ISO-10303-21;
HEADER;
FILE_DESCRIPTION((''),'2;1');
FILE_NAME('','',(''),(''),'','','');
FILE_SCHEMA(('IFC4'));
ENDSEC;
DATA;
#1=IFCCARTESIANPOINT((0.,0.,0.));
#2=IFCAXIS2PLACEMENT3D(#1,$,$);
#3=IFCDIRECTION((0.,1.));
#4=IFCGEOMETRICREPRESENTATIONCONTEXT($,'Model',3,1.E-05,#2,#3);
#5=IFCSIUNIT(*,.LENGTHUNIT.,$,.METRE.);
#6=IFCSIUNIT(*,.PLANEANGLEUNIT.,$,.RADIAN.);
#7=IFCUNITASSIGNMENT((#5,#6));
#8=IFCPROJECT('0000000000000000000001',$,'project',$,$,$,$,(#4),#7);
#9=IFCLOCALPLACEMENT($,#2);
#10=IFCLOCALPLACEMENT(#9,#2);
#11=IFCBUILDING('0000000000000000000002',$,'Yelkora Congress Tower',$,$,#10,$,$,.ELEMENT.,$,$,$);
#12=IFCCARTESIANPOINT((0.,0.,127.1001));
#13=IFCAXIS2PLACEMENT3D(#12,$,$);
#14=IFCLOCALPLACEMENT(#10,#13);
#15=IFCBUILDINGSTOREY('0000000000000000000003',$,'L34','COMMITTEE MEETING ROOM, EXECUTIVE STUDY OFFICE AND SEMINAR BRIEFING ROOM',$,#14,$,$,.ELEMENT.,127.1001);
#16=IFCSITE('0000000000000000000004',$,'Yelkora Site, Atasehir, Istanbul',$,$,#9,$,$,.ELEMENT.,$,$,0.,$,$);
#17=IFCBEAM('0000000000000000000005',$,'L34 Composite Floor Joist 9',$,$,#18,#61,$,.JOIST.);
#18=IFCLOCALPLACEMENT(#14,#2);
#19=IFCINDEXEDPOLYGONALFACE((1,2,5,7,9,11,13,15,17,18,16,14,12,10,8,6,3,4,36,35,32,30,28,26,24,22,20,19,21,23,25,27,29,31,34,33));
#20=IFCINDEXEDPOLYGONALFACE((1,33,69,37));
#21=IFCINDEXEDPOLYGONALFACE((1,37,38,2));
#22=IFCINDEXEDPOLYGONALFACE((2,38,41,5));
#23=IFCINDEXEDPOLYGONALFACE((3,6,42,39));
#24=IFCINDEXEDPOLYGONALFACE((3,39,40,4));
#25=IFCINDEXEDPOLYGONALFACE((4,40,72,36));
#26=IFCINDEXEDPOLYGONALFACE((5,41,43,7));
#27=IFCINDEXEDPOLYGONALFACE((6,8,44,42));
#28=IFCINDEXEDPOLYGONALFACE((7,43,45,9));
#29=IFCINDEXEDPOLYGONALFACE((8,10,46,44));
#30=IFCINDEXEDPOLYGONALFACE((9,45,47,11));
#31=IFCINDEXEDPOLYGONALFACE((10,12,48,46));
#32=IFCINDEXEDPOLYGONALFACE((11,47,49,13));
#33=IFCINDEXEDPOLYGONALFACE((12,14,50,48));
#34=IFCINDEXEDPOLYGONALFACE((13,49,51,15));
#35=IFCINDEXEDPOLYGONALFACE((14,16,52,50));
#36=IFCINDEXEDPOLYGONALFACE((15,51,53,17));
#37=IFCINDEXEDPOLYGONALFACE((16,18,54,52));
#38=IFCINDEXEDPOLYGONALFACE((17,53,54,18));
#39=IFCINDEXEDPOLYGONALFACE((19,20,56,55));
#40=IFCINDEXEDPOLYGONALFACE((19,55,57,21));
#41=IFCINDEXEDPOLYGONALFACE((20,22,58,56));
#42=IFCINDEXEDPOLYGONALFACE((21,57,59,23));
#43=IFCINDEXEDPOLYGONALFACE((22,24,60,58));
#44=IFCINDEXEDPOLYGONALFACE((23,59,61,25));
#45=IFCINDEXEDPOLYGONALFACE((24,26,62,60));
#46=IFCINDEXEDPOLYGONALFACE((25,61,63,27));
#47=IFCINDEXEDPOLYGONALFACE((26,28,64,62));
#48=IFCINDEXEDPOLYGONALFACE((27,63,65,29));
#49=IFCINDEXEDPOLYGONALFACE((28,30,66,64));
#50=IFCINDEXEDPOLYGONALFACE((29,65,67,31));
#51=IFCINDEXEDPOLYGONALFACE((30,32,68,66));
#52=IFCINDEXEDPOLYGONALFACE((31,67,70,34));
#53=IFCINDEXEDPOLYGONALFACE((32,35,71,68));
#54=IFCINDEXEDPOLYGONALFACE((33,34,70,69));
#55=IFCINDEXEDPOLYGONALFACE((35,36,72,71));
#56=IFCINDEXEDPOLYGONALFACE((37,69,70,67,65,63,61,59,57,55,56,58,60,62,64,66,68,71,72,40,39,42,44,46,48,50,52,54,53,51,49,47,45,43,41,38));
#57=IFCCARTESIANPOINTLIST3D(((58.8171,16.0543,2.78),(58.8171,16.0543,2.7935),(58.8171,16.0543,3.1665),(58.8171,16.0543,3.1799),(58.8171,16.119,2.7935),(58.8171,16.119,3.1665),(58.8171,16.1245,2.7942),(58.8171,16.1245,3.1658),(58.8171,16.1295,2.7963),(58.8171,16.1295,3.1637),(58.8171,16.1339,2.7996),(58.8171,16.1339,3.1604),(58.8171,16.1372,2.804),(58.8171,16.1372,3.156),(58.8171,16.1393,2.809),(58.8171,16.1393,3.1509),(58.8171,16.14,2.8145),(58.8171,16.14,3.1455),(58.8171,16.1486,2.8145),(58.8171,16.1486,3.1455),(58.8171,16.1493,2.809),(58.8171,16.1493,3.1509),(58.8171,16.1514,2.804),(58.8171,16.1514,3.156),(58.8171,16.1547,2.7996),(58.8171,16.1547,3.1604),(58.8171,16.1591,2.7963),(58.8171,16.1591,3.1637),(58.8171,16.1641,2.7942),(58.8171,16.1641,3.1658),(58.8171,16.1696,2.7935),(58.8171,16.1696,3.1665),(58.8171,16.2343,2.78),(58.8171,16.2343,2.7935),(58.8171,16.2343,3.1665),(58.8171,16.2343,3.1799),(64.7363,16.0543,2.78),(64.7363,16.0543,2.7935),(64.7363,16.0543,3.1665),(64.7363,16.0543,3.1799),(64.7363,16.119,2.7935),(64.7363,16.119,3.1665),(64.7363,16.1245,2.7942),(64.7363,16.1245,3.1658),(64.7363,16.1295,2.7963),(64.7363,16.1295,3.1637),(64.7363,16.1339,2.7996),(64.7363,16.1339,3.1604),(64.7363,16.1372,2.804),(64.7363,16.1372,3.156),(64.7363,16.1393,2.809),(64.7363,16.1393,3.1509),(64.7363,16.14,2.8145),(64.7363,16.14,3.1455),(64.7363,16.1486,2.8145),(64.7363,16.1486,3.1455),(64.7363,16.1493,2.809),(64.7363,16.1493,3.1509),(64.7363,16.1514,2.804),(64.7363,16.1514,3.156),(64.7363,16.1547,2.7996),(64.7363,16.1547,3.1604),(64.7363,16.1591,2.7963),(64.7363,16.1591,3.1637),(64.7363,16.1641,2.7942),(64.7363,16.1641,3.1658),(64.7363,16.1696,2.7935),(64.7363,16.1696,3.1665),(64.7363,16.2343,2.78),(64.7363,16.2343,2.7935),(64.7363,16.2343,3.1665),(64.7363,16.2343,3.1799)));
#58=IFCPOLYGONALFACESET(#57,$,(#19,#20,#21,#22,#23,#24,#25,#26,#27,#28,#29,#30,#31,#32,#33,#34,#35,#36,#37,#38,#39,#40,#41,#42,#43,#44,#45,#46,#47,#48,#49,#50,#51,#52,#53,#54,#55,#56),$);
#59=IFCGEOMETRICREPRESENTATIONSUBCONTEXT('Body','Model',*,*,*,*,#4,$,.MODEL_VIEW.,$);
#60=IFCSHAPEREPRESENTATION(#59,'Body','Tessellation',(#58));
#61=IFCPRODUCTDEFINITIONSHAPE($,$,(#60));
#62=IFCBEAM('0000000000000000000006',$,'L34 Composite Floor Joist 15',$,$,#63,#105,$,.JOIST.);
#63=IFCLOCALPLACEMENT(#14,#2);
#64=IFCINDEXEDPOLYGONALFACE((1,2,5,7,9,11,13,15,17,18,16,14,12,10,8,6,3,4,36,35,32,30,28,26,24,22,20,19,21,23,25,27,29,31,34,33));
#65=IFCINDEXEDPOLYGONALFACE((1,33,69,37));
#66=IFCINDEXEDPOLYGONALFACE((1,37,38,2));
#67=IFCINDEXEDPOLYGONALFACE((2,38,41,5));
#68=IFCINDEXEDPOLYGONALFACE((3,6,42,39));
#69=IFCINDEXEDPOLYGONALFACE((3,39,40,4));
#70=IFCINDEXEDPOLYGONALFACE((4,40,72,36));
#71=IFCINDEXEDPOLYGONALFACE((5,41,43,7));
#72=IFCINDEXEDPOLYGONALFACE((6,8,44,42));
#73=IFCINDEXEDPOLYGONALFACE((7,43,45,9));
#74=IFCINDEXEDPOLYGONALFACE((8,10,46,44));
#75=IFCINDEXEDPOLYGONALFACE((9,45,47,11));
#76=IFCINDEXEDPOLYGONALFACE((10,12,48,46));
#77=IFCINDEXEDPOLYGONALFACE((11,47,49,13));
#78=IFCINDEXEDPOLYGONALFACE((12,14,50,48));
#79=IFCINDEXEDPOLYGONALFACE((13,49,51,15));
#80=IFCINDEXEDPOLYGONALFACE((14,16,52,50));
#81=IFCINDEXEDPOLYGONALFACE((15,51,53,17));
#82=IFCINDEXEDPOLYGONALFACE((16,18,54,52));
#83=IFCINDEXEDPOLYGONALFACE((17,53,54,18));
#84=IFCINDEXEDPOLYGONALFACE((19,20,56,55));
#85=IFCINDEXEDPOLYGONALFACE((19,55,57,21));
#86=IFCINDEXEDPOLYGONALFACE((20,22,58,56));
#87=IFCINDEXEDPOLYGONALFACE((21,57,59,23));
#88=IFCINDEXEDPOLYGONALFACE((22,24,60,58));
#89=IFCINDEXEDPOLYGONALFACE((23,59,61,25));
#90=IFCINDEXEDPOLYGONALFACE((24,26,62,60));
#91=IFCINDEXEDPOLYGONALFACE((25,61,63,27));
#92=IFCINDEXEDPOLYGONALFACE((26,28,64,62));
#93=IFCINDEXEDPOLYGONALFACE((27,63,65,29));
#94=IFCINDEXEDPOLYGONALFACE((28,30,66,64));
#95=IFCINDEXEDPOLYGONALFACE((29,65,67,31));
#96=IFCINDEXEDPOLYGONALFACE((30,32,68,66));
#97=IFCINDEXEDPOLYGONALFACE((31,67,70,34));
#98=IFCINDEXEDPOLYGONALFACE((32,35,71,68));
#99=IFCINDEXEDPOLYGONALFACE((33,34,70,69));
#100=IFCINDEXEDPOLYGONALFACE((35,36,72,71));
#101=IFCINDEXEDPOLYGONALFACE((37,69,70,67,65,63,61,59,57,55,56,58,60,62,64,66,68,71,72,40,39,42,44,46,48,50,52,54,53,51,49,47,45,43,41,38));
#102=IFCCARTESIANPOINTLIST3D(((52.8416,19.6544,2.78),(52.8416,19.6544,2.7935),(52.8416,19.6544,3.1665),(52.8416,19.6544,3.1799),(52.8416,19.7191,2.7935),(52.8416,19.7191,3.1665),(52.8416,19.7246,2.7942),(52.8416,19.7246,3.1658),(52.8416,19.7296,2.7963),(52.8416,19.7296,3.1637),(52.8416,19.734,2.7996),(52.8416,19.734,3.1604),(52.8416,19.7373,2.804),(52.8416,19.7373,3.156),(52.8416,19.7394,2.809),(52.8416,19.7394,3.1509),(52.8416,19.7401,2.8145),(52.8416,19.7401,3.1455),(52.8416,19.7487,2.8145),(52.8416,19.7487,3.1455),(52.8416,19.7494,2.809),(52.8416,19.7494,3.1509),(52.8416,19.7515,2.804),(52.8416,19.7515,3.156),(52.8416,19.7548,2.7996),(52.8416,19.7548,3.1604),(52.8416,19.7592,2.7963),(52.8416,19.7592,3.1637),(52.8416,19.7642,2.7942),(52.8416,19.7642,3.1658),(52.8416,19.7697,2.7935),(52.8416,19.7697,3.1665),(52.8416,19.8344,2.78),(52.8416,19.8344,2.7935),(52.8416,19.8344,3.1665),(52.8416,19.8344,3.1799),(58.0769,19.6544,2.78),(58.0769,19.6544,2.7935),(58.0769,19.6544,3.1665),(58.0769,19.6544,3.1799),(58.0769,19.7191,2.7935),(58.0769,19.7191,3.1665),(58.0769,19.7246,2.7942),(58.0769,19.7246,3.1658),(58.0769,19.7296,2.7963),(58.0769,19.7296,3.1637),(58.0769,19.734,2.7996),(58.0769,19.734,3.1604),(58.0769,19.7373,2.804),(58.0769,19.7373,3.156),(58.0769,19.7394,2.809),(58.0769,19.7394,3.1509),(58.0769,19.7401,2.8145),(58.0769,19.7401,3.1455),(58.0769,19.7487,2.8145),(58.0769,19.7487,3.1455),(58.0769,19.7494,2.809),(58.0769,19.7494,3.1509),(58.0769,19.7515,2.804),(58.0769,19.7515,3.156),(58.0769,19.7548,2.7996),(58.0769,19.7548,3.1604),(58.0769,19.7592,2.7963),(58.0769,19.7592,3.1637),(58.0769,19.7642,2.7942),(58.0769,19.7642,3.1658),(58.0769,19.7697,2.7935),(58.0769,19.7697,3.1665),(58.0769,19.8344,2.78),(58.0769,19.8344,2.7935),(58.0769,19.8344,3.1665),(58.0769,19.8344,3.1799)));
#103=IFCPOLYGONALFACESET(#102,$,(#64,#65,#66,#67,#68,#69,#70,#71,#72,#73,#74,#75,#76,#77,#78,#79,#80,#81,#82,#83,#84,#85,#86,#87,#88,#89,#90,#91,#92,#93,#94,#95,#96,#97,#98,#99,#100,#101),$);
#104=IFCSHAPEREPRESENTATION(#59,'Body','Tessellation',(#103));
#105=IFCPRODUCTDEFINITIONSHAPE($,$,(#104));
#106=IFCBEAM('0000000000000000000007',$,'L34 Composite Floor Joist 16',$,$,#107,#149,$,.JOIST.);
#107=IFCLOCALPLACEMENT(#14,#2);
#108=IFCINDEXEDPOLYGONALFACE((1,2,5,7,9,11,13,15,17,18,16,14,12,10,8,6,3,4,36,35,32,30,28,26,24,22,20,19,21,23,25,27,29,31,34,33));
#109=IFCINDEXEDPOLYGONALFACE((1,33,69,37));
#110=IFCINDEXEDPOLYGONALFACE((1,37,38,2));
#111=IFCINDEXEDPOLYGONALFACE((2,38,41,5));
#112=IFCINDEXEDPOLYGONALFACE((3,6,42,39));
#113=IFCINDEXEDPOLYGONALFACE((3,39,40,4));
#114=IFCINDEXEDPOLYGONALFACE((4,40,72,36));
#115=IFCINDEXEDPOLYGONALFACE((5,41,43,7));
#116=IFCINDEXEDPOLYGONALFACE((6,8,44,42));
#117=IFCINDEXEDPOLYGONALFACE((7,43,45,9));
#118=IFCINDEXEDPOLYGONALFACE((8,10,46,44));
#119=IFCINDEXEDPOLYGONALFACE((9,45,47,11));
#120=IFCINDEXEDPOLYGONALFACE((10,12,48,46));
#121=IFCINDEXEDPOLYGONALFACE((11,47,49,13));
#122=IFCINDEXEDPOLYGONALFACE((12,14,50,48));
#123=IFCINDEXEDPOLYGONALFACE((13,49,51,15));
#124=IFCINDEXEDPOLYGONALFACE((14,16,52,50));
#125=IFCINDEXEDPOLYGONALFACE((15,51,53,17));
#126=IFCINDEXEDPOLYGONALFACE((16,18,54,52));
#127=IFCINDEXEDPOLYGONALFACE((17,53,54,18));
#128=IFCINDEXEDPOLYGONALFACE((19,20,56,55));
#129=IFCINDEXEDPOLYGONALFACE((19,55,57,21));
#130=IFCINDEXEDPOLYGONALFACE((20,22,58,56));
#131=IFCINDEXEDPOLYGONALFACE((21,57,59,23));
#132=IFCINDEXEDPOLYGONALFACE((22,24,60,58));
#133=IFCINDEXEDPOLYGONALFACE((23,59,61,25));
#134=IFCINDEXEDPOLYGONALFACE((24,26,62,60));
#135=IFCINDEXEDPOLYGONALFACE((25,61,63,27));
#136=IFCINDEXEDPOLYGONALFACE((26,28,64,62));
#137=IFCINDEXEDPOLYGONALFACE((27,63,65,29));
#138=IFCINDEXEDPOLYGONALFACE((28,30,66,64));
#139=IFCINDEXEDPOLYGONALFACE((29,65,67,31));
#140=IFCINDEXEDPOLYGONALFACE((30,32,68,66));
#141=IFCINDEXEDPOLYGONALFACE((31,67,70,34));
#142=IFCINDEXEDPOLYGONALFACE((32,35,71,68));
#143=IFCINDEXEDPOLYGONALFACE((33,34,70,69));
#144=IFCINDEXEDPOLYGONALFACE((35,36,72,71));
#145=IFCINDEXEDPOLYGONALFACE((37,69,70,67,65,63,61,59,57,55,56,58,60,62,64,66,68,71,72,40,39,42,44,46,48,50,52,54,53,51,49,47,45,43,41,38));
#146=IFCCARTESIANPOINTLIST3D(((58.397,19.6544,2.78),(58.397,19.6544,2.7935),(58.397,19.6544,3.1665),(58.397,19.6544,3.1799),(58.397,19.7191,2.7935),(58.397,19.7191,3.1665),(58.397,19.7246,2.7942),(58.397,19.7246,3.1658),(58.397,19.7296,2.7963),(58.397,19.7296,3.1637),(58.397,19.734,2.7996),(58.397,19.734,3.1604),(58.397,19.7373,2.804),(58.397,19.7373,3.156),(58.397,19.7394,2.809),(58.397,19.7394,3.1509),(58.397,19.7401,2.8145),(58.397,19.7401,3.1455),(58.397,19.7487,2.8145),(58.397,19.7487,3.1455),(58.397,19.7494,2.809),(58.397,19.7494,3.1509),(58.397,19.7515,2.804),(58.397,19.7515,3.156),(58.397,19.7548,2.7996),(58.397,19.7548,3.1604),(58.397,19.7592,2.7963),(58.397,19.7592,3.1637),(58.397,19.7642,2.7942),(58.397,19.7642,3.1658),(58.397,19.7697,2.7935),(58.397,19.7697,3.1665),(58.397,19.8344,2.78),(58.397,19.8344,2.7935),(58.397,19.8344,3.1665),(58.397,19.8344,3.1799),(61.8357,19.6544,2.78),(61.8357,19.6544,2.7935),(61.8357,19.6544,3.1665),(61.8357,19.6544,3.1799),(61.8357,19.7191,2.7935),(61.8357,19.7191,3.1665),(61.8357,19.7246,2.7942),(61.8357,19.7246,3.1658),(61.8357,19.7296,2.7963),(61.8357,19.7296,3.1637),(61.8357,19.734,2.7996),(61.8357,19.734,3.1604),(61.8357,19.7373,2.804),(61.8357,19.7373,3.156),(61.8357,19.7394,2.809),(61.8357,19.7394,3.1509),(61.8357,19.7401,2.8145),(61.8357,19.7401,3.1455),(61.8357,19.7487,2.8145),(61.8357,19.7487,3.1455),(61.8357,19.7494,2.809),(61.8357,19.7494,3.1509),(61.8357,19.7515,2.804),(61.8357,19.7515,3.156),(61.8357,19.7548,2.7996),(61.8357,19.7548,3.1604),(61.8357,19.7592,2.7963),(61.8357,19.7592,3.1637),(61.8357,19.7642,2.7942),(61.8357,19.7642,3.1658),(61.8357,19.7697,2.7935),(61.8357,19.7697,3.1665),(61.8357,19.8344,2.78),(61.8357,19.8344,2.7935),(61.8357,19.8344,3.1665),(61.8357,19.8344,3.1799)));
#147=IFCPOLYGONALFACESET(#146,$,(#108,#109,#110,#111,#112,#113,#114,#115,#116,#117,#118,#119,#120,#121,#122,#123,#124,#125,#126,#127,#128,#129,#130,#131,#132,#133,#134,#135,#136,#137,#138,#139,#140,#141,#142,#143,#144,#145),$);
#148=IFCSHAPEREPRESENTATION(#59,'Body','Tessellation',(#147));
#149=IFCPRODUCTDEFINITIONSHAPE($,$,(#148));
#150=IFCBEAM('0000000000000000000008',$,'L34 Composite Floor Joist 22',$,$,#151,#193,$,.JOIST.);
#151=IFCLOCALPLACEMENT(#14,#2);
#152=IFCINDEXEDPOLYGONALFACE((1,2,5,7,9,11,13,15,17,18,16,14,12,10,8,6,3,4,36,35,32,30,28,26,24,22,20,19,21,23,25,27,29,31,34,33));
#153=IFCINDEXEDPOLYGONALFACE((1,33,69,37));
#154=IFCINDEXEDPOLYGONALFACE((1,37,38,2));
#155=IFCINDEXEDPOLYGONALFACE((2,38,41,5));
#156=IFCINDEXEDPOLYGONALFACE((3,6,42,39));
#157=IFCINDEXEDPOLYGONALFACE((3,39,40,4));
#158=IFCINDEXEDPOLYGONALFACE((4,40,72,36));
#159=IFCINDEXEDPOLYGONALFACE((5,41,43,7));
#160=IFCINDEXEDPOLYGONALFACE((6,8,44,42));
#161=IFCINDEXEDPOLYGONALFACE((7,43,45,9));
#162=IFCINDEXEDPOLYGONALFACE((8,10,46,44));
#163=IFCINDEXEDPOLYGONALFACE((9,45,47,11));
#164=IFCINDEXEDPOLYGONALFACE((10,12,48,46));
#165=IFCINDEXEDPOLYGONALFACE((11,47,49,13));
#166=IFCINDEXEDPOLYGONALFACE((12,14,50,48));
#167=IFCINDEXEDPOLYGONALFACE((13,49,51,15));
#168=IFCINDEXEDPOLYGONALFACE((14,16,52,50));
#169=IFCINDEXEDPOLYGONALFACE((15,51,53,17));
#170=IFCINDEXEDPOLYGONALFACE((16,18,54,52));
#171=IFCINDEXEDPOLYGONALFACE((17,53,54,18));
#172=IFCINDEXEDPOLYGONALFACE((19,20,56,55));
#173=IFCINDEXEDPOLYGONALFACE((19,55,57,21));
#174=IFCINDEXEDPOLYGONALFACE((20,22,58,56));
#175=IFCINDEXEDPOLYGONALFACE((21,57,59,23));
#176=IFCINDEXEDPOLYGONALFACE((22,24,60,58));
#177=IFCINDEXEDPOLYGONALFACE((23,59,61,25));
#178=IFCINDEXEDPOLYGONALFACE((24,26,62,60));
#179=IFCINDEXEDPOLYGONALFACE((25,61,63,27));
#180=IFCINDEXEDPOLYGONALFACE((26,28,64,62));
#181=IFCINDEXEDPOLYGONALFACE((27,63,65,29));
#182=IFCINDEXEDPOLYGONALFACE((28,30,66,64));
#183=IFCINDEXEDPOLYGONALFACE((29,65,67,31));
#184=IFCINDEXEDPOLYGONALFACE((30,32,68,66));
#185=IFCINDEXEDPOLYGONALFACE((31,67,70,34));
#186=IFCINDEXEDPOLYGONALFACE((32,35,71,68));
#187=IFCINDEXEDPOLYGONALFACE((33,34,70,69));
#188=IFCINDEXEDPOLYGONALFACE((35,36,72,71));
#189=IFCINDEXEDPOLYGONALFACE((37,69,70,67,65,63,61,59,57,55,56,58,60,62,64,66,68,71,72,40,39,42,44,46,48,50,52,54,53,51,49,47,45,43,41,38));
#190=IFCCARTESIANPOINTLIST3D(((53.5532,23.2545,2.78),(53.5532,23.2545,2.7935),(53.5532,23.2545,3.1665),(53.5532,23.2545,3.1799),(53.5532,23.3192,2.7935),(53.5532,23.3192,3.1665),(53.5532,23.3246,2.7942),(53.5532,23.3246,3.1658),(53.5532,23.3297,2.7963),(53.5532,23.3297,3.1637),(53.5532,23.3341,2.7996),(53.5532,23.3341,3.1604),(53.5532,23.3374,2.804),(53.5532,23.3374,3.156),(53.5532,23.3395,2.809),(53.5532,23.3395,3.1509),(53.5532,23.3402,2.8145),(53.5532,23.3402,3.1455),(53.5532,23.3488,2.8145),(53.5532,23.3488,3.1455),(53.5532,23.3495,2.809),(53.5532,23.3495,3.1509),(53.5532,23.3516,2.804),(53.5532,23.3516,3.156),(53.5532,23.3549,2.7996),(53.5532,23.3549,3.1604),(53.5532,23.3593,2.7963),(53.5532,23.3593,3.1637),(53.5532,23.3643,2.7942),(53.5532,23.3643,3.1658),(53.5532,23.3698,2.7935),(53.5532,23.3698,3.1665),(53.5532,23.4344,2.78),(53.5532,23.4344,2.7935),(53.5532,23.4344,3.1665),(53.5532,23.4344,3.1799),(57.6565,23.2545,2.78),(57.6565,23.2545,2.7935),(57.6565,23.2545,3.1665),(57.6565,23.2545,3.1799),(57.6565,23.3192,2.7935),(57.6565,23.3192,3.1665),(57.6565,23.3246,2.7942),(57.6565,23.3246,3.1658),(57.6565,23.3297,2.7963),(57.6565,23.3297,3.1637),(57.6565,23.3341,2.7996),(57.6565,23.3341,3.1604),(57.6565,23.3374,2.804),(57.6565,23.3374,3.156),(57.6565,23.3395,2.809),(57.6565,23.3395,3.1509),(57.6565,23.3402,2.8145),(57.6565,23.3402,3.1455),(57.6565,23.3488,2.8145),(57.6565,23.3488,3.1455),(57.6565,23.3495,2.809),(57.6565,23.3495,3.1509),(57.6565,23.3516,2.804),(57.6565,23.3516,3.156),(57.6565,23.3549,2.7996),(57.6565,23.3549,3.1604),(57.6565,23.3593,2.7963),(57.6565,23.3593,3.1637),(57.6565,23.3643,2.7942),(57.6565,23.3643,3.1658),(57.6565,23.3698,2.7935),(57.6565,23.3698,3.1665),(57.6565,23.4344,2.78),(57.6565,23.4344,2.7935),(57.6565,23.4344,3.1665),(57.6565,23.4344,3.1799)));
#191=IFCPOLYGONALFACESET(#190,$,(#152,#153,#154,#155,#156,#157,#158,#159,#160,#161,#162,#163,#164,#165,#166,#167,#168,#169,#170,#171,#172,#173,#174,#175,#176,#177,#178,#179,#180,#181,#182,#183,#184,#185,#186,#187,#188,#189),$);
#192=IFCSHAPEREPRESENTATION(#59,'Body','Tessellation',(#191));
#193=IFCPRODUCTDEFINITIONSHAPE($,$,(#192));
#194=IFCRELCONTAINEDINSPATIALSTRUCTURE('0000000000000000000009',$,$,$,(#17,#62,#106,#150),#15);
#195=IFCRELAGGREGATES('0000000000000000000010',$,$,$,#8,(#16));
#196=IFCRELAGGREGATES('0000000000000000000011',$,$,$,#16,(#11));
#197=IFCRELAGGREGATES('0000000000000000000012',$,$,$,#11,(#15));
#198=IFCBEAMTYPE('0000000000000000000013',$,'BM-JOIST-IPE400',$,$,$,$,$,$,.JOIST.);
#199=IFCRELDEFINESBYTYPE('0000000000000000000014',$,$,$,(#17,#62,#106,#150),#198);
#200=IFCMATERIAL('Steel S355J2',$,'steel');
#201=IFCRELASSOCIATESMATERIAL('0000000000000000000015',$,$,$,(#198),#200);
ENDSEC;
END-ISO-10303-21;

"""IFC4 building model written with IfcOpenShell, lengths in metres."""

from ifc_helpers import new_model, si_unit, direction, frame, origin, origin_2d, place, context, subcontext, project, spatial, i_section, extrude, material, material_profile, profile_set, type_object, element, save


model = new_model("IFC4")

# Units and contexts
model_context = context("Model", 3, precision=1e-05, world=origin(), true_north=direction((0.0, 1.0)))
body_context = subcontext(model_context, "Body", "Model", "MODEL_VIEW")
ifc_project = project(units=[si_unit("LENGTHUNIT", "METRE"), si_unit("PLANEANGLEUNIT", "RADIAN")], contexts=[model_context])

# Site, building, storey
site_placement = place(None, origin())
site = spatial("IfcSite", under=ifc_project, at=site_placement, Name="Yelkora Site, Atasehir, Istanbul", CompositionType="ELEMENT", RefElevation=0.0)
building_placement = place(site_placement, origin())
building = spatial("IfcBuilding", under=site, at=building_placement, Name="Yelkora Congress Tower", CompositionType="ELEMENT")
storey_placement = place(building_placement, frame((0.0, 0.0, 127.1001)))
storey = spatial("IfcBuildingStorey", under=building, at=storey_placement, Name="L34", Description="COMMITTEE MEETING ROOM, EXECUTIVE STUDY OFFICE AND SEMINAR BRIEFING ROOM", CompositionType="ELEMENT", Elevation=127.1001)

# Beams
ifc_material_1 = material(Name="Steel S355J2", Category="steel")
ifc_material_profile_1 = material_profile(ifc_material_1, i_section(OverallWidth=0.1799, OverallDepth=0.3999, WebThickness=0.0085, FlangeThickness=0.0134, FilletRadius=0.021, at=origin_2d()), Name="IPE 400")
ifc_profile_set_1 = profile_set([ifc_material_profile_1], Name="Steel S355J2")
beam_type_1 = type_object("IfcBeamType", Name="BM-JOIST-IPE400", PredefinedType="JOIST", material=ifc_profile_set_1)
beam_1_placement = place(storey_placement, frame((58.8171, 16.1443, 2.98), z_axis=(1.0, 0.0, 0.0), x_axis=(0.0, 1.0, 0.0)))
element("IfcBeam", 1, at=beam_1_placement, inside=storey, type_object=beam_type_1, Name="L34 Composite Floor Joist 9", PredefinedType="JOIST", context=body_context, shape_type="SweptSolid", body=[
    extrude(i_section(OverallWidth=0.1799, OverallDepth=0.3999, WebThickness=0.0085, FlangeThickness=0.0134, FilletRadius=0.021, at=origin_2d()), origin(), (0.0, 0.0, 1.0), 5.9192),
])
beam_2_placement = place(storey_placement, frame((52.8416, 19.7444, 2.98), z_axis=(1.0, 0.0, 0.0), x_axis=(0.0, 1.0, 0.0)))
element("IfcBeam", 2, at=beam_2_placement, inside=storey, type_object=beam_type_1, Name="L34 Composite Floor Joist 15", PredefinedType="JOIST", context=body_context, shape_type="SweptSolid", body=[
    extrude(i_section(OverallWidth=0.1799, OverallDepth=0.3999, WebThickness=0.0085, FlangeThickness=0.0134, FilletRadius=0.021, at=origin_2d()), origin(), (0.0, 0.0, 1.0), 5.2354),
])
beam_3_placement = place(storey_placement, frame((58.397, 19.7444, 2.98), z_axis=(1.0, 0.0, 0.0), x_axis=(0.0, 1.0, 0.0)))
element("IfcBeam", 3, at=beam_3_placement, inside=storey, type_object=beam_type_1, Name="L34 Composite Floor Joist 16", PredefinedType="JOIST", context=body_context, shape_type="SweptSolid", body=[
    extrude(i_section(OverallWidth=0.1799, OverallDepth=0.3999, WebThickness=0.0085, FlangeThickness=0.0134, FilletRadius=0.021, at=origin_2d()), origin(), (0.0, 0.0, 1.0), 3.4387),
])
beam_4_placement = place(storey_placement, frame((53.5532, 23.3445, 2.98), z_axis=(1.0, 0.0, 0.0), x_axis=(0.0, 1.0, 0.0)))
element("IfcBeam", 4, at=beam_4_placement, inside=storey, type_object=beam_type_1, Name="L34 Composite Floor Joist 22", PredefinedType="JOIST", context=body_context, shape_type="SweptSolid", body=[
    extrude(i_section(OverallWidth=0.1799, OverallDepth=0.3999, WebThickness=0.0085, FlangeThickness=0.0134, FilletRadius=0.021, at=origin_2d()), origin(), (0.0, 0.0, 1.0), 4.1033),
])

save(model, "model.ifc")
